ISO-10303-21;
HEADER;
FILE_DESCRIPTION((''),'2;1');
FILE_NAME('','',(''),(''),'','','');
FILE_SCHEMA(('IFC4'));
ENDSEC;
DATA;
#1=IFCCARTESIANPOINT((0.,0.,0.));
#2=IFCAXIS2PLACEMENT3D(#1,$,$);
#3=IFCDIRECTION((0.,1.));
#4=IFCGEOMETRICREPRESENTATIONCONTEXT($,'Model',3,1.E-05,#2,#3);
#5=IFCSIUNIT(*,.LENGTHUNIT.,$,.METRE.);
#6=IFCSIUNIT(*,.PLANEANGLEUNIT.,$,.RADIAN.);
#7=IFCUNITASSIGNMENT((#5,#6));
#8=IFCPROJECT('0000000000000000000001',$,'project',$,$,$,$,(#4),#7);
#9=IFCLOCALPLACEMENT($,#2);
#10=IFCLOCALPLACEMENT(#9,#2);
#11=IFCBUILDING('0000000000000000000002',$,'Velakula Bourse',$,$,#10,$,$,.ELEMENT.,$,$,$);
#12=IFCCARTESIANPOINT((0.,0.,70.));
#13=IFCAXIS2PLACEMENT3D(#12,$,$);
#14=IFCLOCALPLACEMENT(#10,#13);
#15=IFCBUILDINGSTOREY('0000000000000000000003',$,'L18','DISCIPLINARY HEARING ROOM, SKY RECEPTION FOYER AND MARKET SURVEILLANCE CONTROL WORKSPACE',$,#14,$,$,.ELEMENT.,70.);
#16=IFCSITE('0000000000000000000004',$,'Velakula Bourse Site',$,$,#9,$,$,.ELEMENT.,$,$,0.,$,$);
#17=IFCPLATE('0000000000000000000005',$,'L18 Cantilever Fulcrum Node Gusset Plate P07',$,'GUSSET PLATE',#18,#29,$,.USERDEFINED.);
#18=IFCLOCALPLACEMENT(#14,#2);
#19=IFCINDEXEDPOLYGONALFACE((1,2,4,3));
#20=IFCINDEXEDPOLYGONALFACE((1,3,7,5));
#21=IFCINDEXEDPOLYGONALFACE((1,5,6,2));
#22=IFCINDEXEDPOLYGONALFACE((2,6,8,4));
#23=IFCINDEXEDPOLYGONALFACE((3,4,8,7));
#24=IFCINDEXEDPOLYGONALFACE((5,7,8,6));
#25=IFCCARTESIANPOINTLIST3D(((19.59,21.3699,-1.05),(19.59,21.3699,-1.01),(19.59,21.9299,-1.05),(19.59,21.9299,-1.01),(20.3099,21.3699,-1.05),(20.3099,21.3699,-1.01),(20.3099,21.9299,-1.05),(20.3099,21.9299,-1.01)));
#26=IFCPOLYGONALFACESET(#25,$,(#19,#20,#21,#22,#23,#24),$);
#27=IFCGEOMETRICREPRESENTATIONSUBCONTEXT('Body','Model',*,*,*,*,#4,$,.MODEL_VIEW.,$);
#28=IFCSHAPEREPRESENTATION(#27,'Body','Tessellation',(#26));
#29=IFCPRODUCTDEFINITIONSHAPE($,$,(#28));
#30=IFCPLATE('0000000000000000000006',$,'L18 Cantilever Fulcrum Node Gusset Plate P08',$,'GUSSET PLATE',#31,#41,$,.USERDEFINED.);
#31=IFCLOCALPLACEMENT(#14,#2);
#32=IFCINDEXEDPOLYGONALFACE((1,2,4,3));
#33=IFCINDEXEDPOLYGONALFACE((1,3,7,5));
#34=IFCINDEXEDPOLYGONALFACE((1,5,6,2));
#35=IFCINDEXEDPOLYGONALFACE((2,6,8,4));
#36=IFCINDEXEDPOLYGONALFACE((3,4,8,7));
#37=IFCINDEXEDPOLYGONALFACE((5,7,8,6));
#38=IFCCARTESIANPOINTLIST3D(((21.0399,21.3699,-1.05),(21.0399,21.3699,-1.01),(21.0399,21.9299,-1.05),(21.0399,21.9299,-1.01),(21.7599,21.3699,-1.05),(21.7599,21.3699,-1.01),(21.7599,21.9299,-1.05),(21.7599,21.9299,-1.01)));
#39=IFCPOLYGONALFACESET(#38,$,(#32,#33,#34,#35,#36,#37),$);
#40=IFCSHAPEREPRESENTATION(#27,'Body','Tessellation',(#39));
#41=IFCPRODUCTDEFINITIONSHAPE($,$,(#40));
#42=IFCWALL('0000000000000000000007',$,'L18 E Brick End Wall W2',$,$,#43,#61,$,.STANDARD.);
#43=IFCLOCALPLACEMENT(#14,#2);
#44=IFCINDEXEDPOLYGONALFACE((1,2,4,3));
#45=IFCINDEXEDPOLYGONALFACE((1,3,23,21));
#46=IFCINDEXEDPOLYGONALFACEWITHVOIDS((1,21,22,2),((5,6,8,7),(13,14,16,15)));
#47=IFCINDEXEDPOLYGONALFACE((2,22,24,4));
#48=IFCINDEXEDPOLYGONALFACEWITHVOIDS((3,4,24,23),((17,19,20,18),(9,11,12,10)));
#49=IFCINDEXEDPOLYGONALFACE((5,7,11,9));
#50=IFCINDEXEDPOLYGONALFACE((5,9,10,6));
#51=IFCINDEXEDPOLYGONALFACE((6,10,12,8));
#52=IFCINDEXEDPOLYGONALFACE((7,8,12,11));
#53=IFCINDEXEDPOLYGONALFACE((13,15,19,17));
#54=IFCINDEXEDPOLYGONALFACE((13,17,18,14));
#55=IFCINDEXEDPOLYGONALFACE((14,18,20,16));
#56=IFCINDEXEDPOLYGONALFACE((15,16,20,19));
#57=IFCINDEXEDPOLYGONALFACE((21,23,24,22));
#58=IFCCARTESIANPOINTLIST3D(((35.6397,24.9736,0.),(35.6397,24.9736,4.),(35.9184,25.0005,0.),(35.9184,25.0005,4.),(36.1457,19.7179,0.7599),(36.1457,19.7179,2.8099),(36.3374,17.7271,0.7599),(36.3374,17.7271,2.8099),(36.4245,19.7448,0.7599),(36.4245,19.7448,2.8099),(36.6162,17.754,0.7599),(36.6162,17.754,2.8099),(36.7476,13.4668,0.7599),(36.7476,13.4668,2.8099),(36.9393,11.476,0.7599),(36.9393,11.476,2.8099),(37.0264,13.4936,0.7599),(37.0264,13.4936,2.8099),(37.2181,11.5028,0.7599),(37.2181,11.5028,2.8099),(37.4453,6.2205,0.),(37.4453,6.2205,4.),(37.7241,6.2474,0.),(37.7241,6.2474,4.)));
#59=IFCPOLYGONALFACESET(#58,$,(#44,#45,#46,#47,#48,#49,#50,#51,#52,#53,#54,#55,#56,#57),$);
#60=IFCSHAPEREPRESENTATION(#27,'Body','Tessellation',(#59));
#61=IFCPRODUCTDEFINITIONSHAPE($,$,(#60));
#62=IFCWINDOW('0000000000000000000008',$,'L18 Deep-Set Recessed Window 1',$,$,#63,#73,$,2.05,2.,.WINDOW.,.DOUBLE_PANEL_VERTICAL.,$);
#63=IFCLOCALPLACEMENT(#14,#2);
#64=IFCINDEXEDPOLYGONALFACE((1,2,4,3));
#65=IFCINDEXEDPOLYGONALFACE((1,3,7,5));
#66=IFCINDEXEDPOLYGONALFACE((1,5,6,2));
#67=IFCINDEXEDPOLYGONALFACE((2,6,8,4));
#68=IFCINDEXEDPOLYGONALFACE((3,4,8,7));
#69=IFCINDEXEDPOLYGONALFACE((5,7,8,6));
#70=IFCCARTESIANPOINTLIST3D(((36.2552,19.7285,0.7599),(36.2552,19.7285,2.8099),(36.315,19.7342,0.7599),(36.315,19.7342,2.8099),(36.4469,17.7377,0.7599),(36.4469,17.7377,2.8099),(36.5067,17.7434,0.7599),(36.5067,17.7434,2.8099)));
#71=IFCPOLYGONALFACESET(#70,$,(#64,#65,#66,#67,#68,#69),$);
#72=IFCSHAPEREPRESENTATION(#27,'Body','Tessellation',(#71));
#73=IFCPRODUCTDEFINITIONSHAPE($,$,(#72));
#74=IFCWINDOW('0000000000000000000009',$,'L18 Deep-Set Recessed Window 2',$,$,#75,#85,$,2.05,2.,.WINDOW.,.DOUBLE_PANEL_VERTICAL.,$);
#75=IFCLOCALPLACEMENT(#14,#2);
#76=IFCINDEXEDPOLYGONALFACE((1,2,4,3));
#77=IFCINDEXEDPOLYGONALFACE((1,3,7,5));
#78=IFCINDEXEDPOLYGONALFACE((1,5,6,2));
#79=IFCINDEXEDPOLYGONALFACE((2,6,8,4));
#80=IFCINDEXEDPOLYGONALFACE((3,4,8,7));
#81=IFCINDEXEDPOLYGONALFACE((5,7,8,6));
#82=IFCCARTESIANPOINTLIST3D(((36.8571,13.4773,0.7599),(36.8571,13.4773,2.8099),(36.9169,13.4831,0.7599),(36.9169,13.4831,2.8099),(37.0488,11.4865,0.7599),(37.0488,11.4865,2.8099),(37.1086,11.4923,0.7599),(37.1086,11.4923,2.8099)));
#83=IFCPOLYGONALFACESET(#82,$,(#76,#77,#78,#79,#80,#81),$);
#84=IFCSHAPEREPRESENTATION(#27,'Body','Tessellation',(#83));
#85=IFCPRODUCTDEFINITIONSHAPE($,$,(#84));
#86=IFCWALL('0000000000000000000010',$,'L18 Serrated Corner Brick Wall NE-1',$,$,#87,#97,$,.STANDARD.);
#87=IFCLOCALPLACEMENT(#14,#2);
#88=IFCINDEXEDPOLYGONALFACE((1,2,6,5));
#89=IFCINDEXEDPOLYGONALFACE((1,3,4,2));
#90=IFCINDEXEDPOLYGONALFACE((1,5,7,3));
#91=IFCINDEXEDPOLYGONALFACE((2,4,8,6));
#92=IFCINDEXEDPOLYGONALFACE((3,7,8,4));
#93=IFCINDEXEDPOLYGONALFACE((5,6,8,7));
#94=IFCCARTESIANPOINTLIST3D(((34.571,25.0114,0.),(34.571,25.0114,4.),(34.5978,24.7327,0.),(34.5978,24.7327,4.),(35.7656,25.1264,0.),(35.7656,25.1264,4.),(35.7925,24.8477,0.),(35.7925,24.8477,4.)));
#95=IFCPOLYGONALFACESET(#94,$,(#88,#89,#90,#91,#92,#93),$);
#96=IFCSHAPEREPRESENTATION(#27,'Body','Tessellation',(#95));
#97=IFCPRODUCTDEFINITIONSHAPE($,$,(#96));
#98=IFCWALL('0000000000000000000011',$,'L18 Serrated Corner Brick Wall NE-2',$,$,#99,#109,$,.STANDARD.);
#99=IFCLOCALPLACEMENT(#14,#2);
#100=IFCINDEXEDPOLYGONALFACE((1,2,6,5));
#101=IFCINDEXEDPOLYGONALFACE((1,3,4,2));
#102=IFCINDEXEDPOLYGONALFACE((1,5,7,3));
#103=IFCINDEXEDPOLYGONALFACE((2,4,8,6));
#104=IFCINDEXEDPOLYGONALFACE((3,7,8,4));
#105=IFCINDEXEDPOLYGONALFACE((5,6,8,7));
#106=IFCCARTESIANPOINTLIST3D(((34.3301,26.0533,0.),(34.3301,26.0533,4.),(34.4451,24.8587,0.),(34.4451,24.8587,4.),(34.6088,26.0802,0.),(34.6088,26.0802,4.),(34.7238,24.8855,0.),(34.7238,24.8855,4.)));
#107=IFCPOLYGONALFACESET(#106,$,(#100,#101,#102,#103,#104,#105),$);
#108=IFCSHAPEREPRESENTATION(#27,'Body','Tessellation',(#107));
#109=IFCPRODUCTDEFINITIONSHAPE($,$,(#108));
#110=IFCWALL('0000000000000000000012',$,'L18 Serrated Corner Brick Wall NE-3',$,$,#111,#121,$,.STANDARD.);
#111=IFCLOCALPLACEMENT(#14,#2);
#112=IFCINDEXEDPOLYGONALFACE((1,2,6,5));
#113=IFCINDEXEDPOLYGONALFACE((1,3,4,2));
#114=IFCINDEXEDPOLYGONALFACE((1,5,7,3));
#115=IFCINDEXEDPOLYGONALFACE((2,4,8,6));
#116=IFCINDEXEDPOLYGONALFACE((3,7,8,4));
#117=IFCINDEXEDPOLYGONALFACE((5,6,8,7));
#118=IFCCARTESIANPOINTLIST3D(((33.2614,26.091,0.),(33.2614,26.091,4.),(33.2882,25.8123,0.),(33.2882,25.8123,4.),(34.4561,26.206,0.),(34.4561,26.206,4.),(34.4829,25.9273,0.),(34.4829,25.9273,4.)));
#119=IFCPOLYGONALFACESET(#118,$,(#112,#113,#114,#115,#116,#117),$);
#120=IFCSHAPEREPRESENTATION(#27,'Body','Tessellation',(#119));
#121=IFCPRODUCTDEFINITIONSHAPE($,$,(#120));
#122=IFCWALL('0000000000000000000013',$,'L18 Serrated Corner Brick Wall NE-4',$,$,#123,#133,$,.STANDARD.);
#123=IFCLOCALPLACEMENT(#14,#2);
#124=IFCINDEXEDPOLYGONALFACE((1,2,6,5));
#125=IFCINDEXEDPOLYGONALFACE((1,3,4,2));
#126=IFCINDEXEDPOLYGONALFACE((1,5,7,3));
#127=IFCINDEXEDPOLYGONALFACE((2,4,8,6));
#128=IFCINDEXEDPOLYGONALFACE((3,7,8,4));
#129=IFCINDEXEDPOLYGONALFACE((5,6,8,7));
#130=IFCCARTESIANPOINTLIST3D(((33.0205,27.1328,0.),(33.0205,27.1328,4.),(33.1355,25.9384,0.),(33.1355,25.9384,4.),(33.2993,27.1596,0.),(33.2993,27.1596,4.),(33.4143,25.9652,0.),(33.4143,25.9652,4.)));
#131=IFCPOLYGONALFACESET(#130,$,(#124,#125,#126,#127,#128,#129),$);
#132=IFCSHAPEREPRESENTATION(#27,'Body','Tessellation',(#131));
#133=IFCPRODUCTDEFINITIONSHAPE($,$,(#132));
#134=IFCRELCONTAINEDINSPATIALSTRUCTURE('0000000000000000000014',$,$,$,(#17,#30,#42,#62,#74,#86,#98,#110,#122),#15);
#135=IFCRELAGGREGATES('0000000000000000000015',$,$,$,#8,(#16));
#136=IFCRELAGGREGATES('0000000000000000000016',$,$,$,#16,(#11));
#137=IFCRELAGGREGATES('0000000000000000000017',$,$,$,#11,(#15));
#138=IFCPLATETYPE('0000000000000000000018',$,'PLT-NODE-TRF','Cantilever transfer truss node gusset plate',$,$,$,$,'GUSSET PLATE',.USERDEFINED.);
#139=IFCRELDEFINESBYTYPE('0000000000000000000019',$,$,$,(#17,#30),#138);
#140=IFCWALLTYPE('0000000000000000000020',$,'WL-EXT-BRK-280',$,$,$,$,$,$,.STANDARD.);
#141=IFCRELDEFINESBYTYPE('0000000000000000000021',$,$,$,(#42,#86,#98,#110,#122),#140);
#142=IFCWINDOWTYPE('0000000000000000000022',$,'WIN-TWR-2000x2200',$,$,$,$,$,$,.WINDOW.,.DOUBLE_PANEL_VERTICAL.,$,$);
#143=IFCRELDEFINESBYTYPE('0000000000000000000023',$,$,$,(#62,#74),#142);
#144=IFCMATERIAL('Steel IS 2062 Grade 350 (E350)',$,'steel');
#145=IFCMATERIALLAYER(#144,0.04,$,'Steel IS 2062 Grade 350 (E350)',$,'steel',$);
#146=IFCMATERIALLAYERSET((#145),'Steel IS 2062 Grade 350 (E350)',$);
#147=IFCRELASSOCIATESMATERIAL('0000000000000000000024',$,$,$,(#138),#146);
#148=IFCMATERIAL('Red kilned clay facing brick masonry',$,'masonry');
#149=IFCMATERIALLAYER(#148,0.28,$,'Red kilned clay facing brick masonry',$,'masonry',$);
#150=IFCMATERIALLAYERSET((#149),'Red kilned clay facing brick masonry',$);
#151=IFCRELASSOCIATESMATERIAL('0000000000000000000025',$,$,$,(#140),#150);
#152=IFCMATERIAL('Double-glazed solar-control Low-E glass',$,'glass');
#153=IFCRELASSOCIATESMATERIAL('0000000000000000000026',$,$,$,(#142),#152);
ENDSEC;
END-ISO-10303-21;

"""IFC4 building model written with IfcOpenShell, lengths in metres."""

from ifc_helpers import new_model, si_unit, direction, frame, frame_2d, origin, origin_2d, place, context, subcontext, project, spatial, rectangle, extrude, material, layer, layer_set, type_object, element, fill, save


model = new_model("IFC4")

# Units and contexts
model_context = context("Model", 3, precision=1e-05, world=origin(), true_north=direction((0.0, 1.0)))
body_context = subcontext(model_context, "Body", "Model", "MODEL_VIEW")
ifc_project = project(units=[si_unit("LENGTHUNIT", "METRE"), si_unit("PLANEANGLEUNIT", "RADIAN")], contexts=[model_context])

# Site, building, storey
site_placement = place(None, origin())
site = spatial("IfcSite", under=ifc_project, at=site_placement, Name="Velakula Bourse Site", CompositionType="ELEMENT", RefElevation=0.0)
building_placement = place(site_placement, origin())
building = spatial("IfcBuilding", under=site, at=building_placement, Name="Velakula Bourse", CompositionType="ELEMENT")
storey_placement = place(building_placement, frame((0.0, 0.0, 70.0)))
storey = spatial("IfcBuildingStorey", under=building, at=storey_placement, Name="L18", Description="DISCIPLINARY HEARING ROOM, SKY RECEPTION FOYER AND MARKET SURVEILLANCE CONTROL WORKSPACE", CompositionType="ELEMENT", Elevation=70.0)

# Shared definitions
ifc_material_1 = material(Name="Steel IS 2062 Grade 350 (E350)", Category="steel")

# Plates
ifc_layer_1 = layer(ifc_material_1, 0.04, Name="Steel IS 2062 Grade 350 (E350)", Category="steel")
ifc_layer_set_1 = layer_set([ifc_layer_1], Name="Steel IS 2062 Grade 350 (E350)")
plate_type = type_object("IfcPlateType", Name="PLT-NODE-TRF", Description="Cantilever transfer truss node gusset plate", ElementType="GUSSET PLATE", PredefinedType="USERDEFINED", material=ifc_layer_set_1)
for number, where, z_axis, x_axis, name in (
    (1, (19.95, 21.6499, -1.05), (0.0, 0.0, 1.0), (0.0, 1.0, 0.0), "L18 Cantilever Fulcrum Node Gusset Plate P07"),
    (2, (21.3999, 21.6499, -1.05), (0.0, 0.0, 1.0), (0.0, 1.0, 0.0), "L18 Cantilever Fulcrum Node Gusset Plate P08"),
):
    element("IfcPlate", number, at=place(storey_placement, frame(where, z_axis=z_axis, x_axis=x_axis)), inside=storey, type_object=plate_type, Name=name, ObjectType="GUSSET PLATE", PredefinedType="USERDEFINED", context=body_context, shape_type="SweptSolid", body=[
        extrude(rectangle(XDim=0.5601, YDim=0.72, at=origin_2d()), origin(), (0.0, 0.0, 1.0), 0.04),
    ])

# Wall, openings, windows
ifc_material_2 = material(Name="Red kilned clay facing brick masonry", Category="masonry")
ifc_layer_2 = layer(ifc_material_2, 0.28, Name="Red kilned clay facing brick masonry", Category="masonry")
ifc_layer_set_2 = layer_set([ifc_layer_2], Name="Red kilned clay facing brick masonry")
wall_type = type_object("IfcWallType", Name="WL-EXT-BRK-280", PredefinedType="STANDARD", material=ifc_layer_set_2)
wall_1_placement = place(storey_placement, frame((35.7791, 24.9871, 0.0), z_axis=(0.0, 0.0, 1.0), x_axis=(0.095843, -0.995397, 0.0)))
wall_1 = element("IfcWall", 3, at=wall_1_placement, inside=storey, type_object=wall_type, Name="L18 E Brick End Wall W2", PredefinedType="STANDARD", context=body_context, shape_type="SweptSolid", body=[
    extrude(rectangle(XDim=18.8398, YDim=0.28, at=frame_2d((9.4199, 0.0))), origin(), (0.0, 0.0, 1.0), 4.0),
])
opening_1_placement = place(wall_1_placement, frame((5.28, 0.0, 0.76)))
opening_1 = element("IfcOpeningElement", 4, at=opening_1_placement, cuts=wall_1, PredefinedType="OPENING", context=body_context, shape_type="SweptSolid", body=[
    extrude(rectangle(XDim=2.0, YDim=2.05, at=frame_2d((1.0, 1.0249))), frame((0.0, 0.1499, 0.0), z_axis=(0.0, -1.0, 0.0), x_axis=(1.0, 0.0, 0.0)), (0.0, 0.0, 1.0), 0.3),
])
opening_2_placement = place(wall_1_placement, frame((11.5601, 0.0, 0.76)))
opening_2 = element("IfcOpeningElement", 5, at=opening_2_placement, cuts=wall_1, PredefinedType="OPENING", context=body_context, shape_type="SweptSolid", body=[
    extrude(rectangle(XDim=2.0, YDim=2.05, at=frame_2d((1.0, 1.0249))), frame((0.0, 0.1499, 0.0), z_axis=(0.0, -1.0, 0.0), x_axis=(1.0, 0.0, 0.0)), (0.0, 0.0, 1.0), 0.3),
])
ifc_material_3 = material(Name="Double-glazed solar-control Low-E glass", Category="glass")
window_type = type_object("IfcWindowType", Name="WIN-TWR-2000x2200", PartitioningType="DOUBLE_PANEL_VERTICAL", PredefinedType="WINDOW", material=ifc_material_3)
window_1_placement = place(opening_1_placement, origin())
window_1 = element("IfcWindow", 6, at=window_1_placement, inside=storey, type_object=window_type, Name="L18 Deep-Set Recessed Window 1", OverallHeight=2.05, OverallWidth=2.0, PartitioningType="DOUBLE_PANEL_VERTICAL", PredefinedType="WINDOW", context=body_context, shape_type="SweptSolid", body=[
    extrude(rectangle(XDim=2.0, YDim=2.05, at=frame_2d((1.0, 1.0249))), frame((0.0, 0.03, 0.0), z_axis=(0.0, -1.0, 0.0), x_axis=(1.0, 0.0, 0.0)), (0.0, 0.0, 1.0), 0.0601),
])
fill(opening_1, window_1)
window_2_placement = place(opening_2_placement, origin())
window_2 = element("IfcWindow", 7, at=window_2_placement, inside=storey, type_object=window_type, Name="L18 Deep-Set Recessed Window 2", OverallHeight=2.05, OverallWidth=2.0, PartitioningType="DOUBLE_PANEL_VERTICAL", PredefinedType="WINDOW", context=body_context, shape_type="SweptSolid", body=[
    extrude(rectangle(XDim=2.0, YDim=2.05, at=frame_2d((1.0, 1.0249))), frame((0.0, 0.03, 0.0), z_axis=(0.0, -1.0, 0.0), x_axis=(1.0, 0.0, 0.0)), (0.0, 0.0, 1.0), 0.0601),
])
fill(opening_2, window_2)

# Walls
for number, where, z_axis, x_axis, name in (
    (8, (35.7791, 24.9871, 0.0), (0.0, 0.0, 1.0), (-0.995399, -0.095817, 0.0), "L18 Serrated Corner Brick Wall NE-1"),
    (9, (34.5845, 24.8721, 0.0), (0.0, 0.0, 1.0), (-0.095817, 0.995399, 0.0), "L18 Serrated Corner Brick Wall NE-2"),
    (10, (34.4695, 26.0667, 0.0), (0.0, 0.0, 1.0), (-0.995399, -0.095817, 0.0), "L18 Serrated Corner Brick Wall NE-3"),
):
    element("IfcWall", number, at=place(storey_placement, frame(where, z_axis=z_axis, x_axis=x_axis)), inside=storey, type_object=wall_type, Name=name, PredefinedType="STANDARD", context=body_context, shape_type="SweptSolid", body=[
        extrude(rectangle(XDim=1.2002, YDim=0.28, at=frame_2d((0.6001, 0.0))), origin(), (0.0, 0.0, 1.0), 4.0),
    ])
wall_2_placement = place(storey_placement, frame((33.2749, 25.9517, 0.0), z_axis=(0.0, 0.0, 1.0), x_axis=(-0.095836, 0.995397, 0.0)))
element("IfcWall", 11, at=wall_2_placement, inside=storey, type_object=wall_type, Name="L18 Serrated Corner Brick Wall NE-4", PredefinedType="STANDARD", context=body_context, shape_type="SweptSolid", body=[
    extrude(rectangle(XDim=1.2, YDim=0.28, at=frame_2d((0.6001, 0.0))), origin(), (0.0, 0.0, 1.0), 4.0),
])

save(model, "model.ifc")
